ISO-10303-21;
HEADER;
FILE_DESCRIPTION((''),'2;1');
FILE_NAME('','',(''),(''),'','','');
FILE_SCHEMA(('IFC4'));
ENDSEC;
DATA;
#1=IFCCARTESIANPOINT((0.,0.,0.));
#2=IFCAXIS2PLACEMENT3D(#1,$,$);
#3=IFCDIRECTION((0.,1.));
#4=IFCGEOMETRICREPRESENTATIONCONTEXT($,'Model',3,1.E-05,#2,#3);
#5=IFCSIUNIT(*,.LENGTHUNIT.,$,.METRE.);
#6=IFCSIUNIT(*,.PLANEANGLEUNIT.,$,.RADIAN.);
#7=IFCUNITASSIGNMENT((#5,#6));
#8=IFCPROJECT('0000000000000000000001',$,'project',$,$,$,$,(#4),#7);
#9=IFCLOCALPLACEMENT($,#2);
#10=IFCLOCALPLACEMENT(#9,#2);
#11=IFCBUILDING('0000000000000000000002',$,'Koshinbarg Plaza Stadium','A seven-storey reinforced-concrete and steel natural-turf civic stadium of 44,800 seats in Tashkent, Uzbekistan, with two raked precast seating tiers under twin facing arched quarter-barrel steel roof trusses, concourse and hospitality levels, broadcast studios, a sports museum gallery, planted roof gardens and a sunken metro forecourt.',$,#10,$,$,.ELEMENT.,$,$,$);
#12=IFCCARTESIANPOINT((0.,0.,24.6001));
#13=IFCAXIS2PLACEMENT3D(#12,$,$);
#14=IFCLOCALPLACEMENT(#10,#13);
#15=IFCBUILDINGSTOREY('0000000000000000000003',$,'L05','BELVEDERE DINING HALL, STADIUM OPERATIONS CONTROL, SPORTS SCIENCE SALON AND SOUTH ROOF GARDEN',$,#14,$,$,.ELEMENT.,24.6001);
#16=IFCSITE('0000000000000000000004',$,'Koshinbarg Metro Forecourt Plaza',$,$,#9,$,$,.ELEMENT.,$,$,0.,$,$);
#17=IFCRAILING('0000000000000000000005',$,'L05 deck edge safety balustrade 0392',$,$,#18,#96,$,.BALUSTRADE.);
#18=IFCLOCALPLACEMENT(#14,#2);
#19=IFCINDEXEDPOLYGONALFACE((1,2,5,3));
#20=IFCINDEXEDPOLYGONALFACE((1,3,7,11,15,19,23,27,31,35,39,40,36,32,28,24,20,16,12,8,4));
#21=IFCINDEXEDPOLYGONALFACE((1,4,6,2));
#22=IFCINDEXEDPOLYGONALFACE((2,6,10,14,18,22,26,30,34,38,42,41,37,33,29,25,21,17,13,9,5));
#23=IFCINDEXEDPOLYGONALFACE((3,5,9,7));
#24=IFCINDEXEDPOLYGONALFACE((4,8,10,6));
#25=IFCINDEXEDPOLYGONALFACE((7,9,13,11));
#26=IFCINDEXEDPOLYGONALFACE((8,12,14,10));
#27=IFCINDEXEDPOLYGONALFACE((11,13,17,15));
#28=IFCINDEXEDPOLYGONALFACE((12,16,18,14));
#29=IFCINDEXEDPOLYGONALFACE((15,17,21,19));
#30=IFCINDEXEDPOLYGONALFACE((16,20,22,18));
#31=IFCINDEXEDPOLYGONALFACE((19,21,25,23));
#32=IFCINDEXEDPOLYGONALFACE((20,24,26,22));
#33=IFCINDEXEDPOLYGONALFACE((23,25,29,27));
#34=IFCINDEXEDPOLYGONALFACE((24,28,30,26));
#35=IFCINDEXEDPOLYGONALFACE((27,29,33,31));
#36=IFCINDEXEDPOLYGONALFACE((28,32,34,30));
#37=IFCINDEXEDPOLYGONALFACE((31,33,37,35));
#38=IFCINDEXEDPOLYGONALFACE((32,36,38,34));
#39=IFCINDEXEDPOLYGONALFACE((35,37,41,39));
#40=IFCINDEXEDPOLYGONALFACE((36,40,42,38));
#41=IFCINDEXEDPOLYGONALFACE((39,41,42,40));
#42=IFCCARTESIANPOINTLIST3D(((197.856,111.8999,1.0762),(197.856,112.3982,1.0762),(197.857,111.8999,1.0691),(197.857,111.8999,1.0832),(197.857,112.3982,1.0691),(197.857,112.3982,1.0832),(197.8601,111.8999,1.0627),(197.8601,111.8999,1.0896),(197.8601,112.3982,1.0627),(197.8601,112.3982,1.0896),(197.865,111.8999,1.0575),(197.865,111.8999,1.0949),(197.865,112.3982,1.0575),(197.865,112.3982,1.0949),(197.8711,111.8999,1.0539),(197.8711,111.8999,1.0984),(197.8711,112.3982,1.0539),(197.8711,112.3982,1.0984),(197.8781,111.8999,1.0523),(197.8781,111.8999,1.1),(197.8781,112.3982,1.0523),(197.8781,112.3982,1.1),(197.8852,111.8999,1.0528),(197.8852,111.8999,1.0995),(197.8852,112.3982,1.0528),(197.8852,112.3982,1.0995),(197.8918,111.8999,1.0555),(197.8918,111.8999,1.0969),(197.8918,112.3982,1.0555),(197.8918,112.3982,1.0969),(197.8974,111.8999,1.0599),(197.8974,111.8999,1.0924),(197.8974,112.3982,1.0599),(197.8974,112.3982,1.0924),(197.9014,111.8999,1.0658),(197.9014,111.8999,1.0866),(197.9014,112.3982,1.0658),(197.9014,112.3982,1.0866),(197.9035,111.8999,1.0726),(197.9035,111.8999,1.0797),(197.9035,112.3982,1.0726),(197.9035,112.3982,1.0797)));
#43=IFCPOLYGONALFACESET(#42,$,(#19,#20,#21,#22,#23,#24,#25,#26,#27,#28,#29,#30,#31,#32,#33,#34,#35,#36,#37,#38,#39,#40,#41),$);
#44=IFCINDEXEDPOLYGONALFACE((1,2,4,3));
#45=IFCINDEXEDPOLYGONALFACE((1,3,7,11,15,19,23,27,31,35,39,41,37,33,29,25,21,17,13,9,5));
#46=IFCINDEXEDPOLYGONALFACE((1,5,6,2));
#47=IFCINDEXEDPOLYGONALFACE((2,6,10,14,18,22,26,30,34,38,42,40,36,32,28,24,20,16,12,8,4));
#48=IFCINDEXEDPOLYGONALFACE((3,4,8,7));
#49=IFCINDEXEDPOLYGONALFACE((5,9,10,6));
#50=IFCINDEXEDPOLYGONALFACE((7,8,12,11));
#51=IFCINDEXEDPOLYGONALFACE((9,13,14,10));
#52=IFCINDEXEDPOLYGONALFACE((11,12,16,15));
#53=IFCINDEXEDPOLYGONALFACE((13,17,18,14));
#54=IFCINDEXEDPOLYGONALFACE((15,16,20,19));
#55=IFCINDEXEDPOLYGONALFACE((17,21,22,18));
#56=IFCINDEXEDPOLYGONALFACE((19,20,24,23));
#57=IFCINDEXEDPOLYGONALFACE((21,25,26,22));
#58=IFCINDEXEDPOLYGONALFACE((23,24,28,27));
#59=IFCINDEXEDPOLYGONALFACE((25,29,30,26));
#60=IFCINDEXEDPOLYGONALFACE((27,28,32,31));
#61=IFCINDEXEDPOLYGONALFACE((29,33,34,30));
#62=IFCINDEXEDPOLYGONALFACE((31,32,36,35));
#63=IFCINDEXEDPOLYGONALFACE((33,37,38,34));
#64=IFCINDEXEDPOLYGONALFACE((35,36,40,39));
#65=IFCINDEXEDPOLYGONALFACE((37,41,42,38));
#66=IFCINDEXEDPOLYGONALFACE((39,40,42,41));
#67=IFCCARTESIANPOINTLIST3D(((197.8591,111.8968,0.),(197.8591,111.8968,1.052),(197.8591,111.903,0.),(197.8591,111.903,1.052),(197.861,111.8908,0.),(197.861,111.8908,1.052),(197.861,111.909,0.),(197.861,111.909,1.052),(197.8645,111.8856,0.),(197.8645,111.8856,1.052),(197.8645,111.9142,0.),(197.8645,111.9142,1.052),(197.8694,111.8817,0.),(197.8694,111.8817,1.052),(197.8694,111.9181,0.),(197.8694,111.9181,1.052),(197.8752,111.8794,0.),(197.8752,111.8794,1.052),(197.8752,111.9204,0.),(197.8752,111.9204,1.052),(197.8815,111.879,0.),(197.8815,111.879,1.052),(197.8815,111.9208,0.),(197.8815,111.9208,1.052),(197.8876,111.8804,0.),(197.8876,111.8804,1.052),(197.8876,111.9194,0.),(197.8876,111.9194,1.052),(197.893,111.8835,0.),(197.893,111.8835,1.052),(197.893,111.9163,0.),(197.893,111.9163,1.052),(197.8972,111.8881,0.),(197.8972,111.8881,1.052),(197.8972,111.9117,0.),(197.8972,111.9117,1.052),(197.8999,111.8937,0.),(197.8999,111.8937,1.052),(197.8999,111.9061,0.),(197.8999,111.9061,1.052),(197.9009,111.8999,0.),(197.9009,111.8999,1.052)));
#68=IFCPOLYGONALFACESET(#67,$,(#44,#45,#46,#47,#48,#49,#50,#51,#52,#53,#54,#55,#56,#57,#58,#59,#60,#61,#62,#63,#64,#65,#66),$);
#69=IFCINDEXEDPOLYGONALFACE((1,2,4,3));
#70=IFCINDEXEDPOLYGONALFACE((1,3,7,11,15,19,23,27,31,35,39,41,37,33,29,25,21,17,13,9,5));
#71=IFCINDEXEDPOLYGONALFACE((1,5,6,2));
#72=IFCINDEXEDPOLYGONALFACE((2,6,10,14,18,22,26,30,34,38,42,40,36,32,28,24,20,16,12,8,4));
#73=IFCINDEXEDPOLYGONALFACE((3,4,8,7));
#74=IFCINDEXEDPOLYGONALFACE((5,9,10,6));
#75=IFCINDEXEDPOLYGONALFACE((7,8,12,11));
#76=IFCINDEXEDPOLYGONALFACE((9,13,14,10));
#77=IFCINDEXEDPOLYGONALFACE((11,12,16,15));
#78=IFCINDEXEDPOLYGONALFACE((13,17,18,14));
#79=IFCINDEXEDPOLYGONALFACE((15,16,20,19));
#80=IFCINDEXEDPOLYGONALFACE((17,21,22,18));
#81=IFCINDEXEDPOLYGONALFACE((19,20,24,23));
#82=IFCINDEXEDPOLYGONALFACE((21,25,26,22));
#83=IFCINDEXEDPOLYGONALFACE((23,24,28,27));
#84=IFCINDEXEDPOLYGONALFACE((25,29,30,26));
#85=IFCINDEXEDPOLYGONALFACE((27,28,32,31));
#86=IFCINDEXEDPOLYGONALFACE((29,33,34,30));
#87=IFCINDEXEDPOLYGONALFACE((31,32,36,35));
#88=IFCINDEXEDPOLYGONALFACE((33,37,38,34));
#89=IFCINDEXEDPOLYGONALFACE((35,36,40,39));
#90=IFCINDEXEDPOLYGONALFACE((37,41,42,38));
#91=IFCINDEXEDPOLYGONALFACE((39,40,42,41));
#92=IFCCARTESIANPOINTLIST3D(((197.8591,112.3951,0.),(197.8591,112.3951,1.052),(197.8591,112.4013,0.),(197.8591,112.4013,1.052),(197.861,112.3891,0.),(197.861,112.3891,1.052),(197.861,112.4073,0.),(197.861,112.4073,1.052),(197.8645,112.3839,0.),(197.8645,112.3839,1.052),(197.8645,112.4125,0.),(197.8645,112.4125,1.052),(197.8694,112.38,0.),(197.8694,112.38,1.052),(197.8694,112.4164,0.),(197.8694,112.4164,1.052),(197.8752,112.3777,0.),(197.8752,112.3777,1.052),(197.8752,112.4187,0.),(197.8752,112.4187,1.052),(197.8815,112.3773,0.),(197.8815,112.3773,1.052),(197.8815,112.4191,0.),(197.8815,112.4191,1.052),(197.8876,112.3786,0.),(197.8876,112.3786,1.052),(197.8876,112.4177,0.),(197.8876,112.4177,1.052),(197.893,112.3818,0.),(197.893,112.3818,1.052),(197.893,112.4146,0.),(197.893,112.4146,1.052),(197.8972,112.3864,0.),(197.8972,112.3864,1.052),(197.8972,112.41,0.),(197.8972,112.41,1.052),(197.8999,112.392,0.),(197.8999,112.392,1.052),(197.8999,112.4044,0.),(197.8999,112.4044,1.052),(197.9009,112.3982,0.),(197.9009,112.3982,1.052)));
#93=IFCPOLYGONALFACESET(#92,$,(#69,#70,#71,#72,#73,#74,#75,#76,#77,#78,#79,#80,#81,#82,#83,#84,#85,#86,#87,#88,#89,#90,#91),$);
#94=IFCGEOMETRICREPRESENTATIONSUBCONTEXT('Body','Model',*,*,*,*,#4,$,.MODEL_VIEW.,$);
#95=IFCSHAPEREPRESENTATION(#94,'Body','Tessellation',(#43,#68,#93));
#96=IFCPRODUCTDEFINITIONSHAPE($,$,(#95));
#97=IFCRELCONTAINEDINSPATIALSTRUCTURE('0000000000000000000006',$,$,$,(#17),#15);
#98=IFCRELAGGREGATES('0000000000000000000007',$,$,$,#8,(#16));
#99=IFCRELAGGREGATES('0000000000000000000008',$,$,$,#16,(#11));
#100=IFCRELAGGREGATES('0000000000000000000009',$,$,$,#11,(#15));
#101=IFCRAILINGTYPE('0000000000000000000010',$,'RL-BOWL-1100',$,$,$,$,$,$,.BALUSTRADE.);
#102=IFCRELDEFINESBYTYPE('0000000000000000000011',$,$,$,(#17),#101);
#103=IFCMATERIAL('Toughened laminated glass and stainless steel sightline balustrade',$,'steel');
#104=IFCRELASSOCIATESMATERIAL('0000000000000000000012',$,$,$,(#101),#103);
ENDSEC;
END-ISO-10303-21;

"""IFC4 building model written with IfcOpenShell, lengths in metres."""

from ifc_helpers import new_model, si_unit, direction, frame, origin, origin_2d, place, context, subcontext, project, spatial, circle, extrude, material, type_object, element, save


model = new_model("IFC4")

# Units and contexts
model_context = context("Model", 3, precision=1e-05, world=origin(), true_north=direction((0.0, 1.0)))
body_context = subcontext(model_context, "Body", "Model", "MODEL_VIEW")
ifc_project = project(units=[si_unit("LENGTHUNIT", "METRE"), si_unit("PLANEANGLEUNIT", "RADIAN")], contexts=[model_context])

# Site, building, storey
site_placement = place(None, origin())
site = spatial("IfcSite", under=ifc_project, at=site_placement, Name="Koshinbarg Metro Forecourt Plaza", CompositionType="ELEMENT", RefElevation=0.0)
building_placement = place(site_placement, origin())
building = spatial("IfcBuilding", under=site, at=building_placement, Name="Koshinbarg Plaza Stadium", Description="A seven-storey reinforced-concrete and steel natural-turf civic stadium of 44,800 seats in Tashkent, Uzbekistan, with two raked precast seating tiers under twin facing arched quarter-barrel steel roof trusses, concourse and hospitality levels, broadcast studios, a sports museum gallery, planted roof gardens and a sunken metro forecourt.", CompositionType="ELEMENT")
storey_placement = place(building_placement, frame((0.0, 0.0, 24.6001)))
storey = spatial("IfcBuildingStorey", under=building, at=storey_placement, Name="L05", Description="BELVEDERE DINING HALL, STADIUM OPERATIONS CONTROL, SPORTS SCIENCE SALON AND SOUTH ROOF GARDEN", CompositionType="ELEMENT", Elevation=24.6001)

# Railing
ifc_material_1 = material(Name="Toughened laminated glass and stainless steel sightline balustrade", Category="steel")
railing_type = type_object("IfcRailingType", Name="RL-BOWL-1100", PredefinedType="BALUSTRADE", material=ifc_material_1)
railing_1_placement = place(storey_placement, frame((197.8799, 111.8999, 0.0)))
element("IfcRailing", 1, at=railing_1_placement, inside=storey, type_object=railing_type, Name="L05 deck edge safety balustrade 0392", PredefinedType="BALUSTRADE", context=body_context, shape_type="SweptSolid", body=[
    extrude(circle(Radius=0.0239, at=origin_2d()), frame((0.0, 0.0, 1.0762), z_axis=(0.0, 1.0, 0.0), x_axis=(-1.0, 0.0, 0.0)), (0.0, 0.0, 1.0), 0.4983),
    extrude(circle(Radius=0.021, at=origin_2d()), origin(), (0.0, 0.0, 1.0), 1.052),
    extrude(circle(Radius=0.021, at=origin_2d()), frame((0.0, 0.4983, 0.0)), (0.0, 0.0, 1.0), 1.052),
])

save(model, "model.ifc")
